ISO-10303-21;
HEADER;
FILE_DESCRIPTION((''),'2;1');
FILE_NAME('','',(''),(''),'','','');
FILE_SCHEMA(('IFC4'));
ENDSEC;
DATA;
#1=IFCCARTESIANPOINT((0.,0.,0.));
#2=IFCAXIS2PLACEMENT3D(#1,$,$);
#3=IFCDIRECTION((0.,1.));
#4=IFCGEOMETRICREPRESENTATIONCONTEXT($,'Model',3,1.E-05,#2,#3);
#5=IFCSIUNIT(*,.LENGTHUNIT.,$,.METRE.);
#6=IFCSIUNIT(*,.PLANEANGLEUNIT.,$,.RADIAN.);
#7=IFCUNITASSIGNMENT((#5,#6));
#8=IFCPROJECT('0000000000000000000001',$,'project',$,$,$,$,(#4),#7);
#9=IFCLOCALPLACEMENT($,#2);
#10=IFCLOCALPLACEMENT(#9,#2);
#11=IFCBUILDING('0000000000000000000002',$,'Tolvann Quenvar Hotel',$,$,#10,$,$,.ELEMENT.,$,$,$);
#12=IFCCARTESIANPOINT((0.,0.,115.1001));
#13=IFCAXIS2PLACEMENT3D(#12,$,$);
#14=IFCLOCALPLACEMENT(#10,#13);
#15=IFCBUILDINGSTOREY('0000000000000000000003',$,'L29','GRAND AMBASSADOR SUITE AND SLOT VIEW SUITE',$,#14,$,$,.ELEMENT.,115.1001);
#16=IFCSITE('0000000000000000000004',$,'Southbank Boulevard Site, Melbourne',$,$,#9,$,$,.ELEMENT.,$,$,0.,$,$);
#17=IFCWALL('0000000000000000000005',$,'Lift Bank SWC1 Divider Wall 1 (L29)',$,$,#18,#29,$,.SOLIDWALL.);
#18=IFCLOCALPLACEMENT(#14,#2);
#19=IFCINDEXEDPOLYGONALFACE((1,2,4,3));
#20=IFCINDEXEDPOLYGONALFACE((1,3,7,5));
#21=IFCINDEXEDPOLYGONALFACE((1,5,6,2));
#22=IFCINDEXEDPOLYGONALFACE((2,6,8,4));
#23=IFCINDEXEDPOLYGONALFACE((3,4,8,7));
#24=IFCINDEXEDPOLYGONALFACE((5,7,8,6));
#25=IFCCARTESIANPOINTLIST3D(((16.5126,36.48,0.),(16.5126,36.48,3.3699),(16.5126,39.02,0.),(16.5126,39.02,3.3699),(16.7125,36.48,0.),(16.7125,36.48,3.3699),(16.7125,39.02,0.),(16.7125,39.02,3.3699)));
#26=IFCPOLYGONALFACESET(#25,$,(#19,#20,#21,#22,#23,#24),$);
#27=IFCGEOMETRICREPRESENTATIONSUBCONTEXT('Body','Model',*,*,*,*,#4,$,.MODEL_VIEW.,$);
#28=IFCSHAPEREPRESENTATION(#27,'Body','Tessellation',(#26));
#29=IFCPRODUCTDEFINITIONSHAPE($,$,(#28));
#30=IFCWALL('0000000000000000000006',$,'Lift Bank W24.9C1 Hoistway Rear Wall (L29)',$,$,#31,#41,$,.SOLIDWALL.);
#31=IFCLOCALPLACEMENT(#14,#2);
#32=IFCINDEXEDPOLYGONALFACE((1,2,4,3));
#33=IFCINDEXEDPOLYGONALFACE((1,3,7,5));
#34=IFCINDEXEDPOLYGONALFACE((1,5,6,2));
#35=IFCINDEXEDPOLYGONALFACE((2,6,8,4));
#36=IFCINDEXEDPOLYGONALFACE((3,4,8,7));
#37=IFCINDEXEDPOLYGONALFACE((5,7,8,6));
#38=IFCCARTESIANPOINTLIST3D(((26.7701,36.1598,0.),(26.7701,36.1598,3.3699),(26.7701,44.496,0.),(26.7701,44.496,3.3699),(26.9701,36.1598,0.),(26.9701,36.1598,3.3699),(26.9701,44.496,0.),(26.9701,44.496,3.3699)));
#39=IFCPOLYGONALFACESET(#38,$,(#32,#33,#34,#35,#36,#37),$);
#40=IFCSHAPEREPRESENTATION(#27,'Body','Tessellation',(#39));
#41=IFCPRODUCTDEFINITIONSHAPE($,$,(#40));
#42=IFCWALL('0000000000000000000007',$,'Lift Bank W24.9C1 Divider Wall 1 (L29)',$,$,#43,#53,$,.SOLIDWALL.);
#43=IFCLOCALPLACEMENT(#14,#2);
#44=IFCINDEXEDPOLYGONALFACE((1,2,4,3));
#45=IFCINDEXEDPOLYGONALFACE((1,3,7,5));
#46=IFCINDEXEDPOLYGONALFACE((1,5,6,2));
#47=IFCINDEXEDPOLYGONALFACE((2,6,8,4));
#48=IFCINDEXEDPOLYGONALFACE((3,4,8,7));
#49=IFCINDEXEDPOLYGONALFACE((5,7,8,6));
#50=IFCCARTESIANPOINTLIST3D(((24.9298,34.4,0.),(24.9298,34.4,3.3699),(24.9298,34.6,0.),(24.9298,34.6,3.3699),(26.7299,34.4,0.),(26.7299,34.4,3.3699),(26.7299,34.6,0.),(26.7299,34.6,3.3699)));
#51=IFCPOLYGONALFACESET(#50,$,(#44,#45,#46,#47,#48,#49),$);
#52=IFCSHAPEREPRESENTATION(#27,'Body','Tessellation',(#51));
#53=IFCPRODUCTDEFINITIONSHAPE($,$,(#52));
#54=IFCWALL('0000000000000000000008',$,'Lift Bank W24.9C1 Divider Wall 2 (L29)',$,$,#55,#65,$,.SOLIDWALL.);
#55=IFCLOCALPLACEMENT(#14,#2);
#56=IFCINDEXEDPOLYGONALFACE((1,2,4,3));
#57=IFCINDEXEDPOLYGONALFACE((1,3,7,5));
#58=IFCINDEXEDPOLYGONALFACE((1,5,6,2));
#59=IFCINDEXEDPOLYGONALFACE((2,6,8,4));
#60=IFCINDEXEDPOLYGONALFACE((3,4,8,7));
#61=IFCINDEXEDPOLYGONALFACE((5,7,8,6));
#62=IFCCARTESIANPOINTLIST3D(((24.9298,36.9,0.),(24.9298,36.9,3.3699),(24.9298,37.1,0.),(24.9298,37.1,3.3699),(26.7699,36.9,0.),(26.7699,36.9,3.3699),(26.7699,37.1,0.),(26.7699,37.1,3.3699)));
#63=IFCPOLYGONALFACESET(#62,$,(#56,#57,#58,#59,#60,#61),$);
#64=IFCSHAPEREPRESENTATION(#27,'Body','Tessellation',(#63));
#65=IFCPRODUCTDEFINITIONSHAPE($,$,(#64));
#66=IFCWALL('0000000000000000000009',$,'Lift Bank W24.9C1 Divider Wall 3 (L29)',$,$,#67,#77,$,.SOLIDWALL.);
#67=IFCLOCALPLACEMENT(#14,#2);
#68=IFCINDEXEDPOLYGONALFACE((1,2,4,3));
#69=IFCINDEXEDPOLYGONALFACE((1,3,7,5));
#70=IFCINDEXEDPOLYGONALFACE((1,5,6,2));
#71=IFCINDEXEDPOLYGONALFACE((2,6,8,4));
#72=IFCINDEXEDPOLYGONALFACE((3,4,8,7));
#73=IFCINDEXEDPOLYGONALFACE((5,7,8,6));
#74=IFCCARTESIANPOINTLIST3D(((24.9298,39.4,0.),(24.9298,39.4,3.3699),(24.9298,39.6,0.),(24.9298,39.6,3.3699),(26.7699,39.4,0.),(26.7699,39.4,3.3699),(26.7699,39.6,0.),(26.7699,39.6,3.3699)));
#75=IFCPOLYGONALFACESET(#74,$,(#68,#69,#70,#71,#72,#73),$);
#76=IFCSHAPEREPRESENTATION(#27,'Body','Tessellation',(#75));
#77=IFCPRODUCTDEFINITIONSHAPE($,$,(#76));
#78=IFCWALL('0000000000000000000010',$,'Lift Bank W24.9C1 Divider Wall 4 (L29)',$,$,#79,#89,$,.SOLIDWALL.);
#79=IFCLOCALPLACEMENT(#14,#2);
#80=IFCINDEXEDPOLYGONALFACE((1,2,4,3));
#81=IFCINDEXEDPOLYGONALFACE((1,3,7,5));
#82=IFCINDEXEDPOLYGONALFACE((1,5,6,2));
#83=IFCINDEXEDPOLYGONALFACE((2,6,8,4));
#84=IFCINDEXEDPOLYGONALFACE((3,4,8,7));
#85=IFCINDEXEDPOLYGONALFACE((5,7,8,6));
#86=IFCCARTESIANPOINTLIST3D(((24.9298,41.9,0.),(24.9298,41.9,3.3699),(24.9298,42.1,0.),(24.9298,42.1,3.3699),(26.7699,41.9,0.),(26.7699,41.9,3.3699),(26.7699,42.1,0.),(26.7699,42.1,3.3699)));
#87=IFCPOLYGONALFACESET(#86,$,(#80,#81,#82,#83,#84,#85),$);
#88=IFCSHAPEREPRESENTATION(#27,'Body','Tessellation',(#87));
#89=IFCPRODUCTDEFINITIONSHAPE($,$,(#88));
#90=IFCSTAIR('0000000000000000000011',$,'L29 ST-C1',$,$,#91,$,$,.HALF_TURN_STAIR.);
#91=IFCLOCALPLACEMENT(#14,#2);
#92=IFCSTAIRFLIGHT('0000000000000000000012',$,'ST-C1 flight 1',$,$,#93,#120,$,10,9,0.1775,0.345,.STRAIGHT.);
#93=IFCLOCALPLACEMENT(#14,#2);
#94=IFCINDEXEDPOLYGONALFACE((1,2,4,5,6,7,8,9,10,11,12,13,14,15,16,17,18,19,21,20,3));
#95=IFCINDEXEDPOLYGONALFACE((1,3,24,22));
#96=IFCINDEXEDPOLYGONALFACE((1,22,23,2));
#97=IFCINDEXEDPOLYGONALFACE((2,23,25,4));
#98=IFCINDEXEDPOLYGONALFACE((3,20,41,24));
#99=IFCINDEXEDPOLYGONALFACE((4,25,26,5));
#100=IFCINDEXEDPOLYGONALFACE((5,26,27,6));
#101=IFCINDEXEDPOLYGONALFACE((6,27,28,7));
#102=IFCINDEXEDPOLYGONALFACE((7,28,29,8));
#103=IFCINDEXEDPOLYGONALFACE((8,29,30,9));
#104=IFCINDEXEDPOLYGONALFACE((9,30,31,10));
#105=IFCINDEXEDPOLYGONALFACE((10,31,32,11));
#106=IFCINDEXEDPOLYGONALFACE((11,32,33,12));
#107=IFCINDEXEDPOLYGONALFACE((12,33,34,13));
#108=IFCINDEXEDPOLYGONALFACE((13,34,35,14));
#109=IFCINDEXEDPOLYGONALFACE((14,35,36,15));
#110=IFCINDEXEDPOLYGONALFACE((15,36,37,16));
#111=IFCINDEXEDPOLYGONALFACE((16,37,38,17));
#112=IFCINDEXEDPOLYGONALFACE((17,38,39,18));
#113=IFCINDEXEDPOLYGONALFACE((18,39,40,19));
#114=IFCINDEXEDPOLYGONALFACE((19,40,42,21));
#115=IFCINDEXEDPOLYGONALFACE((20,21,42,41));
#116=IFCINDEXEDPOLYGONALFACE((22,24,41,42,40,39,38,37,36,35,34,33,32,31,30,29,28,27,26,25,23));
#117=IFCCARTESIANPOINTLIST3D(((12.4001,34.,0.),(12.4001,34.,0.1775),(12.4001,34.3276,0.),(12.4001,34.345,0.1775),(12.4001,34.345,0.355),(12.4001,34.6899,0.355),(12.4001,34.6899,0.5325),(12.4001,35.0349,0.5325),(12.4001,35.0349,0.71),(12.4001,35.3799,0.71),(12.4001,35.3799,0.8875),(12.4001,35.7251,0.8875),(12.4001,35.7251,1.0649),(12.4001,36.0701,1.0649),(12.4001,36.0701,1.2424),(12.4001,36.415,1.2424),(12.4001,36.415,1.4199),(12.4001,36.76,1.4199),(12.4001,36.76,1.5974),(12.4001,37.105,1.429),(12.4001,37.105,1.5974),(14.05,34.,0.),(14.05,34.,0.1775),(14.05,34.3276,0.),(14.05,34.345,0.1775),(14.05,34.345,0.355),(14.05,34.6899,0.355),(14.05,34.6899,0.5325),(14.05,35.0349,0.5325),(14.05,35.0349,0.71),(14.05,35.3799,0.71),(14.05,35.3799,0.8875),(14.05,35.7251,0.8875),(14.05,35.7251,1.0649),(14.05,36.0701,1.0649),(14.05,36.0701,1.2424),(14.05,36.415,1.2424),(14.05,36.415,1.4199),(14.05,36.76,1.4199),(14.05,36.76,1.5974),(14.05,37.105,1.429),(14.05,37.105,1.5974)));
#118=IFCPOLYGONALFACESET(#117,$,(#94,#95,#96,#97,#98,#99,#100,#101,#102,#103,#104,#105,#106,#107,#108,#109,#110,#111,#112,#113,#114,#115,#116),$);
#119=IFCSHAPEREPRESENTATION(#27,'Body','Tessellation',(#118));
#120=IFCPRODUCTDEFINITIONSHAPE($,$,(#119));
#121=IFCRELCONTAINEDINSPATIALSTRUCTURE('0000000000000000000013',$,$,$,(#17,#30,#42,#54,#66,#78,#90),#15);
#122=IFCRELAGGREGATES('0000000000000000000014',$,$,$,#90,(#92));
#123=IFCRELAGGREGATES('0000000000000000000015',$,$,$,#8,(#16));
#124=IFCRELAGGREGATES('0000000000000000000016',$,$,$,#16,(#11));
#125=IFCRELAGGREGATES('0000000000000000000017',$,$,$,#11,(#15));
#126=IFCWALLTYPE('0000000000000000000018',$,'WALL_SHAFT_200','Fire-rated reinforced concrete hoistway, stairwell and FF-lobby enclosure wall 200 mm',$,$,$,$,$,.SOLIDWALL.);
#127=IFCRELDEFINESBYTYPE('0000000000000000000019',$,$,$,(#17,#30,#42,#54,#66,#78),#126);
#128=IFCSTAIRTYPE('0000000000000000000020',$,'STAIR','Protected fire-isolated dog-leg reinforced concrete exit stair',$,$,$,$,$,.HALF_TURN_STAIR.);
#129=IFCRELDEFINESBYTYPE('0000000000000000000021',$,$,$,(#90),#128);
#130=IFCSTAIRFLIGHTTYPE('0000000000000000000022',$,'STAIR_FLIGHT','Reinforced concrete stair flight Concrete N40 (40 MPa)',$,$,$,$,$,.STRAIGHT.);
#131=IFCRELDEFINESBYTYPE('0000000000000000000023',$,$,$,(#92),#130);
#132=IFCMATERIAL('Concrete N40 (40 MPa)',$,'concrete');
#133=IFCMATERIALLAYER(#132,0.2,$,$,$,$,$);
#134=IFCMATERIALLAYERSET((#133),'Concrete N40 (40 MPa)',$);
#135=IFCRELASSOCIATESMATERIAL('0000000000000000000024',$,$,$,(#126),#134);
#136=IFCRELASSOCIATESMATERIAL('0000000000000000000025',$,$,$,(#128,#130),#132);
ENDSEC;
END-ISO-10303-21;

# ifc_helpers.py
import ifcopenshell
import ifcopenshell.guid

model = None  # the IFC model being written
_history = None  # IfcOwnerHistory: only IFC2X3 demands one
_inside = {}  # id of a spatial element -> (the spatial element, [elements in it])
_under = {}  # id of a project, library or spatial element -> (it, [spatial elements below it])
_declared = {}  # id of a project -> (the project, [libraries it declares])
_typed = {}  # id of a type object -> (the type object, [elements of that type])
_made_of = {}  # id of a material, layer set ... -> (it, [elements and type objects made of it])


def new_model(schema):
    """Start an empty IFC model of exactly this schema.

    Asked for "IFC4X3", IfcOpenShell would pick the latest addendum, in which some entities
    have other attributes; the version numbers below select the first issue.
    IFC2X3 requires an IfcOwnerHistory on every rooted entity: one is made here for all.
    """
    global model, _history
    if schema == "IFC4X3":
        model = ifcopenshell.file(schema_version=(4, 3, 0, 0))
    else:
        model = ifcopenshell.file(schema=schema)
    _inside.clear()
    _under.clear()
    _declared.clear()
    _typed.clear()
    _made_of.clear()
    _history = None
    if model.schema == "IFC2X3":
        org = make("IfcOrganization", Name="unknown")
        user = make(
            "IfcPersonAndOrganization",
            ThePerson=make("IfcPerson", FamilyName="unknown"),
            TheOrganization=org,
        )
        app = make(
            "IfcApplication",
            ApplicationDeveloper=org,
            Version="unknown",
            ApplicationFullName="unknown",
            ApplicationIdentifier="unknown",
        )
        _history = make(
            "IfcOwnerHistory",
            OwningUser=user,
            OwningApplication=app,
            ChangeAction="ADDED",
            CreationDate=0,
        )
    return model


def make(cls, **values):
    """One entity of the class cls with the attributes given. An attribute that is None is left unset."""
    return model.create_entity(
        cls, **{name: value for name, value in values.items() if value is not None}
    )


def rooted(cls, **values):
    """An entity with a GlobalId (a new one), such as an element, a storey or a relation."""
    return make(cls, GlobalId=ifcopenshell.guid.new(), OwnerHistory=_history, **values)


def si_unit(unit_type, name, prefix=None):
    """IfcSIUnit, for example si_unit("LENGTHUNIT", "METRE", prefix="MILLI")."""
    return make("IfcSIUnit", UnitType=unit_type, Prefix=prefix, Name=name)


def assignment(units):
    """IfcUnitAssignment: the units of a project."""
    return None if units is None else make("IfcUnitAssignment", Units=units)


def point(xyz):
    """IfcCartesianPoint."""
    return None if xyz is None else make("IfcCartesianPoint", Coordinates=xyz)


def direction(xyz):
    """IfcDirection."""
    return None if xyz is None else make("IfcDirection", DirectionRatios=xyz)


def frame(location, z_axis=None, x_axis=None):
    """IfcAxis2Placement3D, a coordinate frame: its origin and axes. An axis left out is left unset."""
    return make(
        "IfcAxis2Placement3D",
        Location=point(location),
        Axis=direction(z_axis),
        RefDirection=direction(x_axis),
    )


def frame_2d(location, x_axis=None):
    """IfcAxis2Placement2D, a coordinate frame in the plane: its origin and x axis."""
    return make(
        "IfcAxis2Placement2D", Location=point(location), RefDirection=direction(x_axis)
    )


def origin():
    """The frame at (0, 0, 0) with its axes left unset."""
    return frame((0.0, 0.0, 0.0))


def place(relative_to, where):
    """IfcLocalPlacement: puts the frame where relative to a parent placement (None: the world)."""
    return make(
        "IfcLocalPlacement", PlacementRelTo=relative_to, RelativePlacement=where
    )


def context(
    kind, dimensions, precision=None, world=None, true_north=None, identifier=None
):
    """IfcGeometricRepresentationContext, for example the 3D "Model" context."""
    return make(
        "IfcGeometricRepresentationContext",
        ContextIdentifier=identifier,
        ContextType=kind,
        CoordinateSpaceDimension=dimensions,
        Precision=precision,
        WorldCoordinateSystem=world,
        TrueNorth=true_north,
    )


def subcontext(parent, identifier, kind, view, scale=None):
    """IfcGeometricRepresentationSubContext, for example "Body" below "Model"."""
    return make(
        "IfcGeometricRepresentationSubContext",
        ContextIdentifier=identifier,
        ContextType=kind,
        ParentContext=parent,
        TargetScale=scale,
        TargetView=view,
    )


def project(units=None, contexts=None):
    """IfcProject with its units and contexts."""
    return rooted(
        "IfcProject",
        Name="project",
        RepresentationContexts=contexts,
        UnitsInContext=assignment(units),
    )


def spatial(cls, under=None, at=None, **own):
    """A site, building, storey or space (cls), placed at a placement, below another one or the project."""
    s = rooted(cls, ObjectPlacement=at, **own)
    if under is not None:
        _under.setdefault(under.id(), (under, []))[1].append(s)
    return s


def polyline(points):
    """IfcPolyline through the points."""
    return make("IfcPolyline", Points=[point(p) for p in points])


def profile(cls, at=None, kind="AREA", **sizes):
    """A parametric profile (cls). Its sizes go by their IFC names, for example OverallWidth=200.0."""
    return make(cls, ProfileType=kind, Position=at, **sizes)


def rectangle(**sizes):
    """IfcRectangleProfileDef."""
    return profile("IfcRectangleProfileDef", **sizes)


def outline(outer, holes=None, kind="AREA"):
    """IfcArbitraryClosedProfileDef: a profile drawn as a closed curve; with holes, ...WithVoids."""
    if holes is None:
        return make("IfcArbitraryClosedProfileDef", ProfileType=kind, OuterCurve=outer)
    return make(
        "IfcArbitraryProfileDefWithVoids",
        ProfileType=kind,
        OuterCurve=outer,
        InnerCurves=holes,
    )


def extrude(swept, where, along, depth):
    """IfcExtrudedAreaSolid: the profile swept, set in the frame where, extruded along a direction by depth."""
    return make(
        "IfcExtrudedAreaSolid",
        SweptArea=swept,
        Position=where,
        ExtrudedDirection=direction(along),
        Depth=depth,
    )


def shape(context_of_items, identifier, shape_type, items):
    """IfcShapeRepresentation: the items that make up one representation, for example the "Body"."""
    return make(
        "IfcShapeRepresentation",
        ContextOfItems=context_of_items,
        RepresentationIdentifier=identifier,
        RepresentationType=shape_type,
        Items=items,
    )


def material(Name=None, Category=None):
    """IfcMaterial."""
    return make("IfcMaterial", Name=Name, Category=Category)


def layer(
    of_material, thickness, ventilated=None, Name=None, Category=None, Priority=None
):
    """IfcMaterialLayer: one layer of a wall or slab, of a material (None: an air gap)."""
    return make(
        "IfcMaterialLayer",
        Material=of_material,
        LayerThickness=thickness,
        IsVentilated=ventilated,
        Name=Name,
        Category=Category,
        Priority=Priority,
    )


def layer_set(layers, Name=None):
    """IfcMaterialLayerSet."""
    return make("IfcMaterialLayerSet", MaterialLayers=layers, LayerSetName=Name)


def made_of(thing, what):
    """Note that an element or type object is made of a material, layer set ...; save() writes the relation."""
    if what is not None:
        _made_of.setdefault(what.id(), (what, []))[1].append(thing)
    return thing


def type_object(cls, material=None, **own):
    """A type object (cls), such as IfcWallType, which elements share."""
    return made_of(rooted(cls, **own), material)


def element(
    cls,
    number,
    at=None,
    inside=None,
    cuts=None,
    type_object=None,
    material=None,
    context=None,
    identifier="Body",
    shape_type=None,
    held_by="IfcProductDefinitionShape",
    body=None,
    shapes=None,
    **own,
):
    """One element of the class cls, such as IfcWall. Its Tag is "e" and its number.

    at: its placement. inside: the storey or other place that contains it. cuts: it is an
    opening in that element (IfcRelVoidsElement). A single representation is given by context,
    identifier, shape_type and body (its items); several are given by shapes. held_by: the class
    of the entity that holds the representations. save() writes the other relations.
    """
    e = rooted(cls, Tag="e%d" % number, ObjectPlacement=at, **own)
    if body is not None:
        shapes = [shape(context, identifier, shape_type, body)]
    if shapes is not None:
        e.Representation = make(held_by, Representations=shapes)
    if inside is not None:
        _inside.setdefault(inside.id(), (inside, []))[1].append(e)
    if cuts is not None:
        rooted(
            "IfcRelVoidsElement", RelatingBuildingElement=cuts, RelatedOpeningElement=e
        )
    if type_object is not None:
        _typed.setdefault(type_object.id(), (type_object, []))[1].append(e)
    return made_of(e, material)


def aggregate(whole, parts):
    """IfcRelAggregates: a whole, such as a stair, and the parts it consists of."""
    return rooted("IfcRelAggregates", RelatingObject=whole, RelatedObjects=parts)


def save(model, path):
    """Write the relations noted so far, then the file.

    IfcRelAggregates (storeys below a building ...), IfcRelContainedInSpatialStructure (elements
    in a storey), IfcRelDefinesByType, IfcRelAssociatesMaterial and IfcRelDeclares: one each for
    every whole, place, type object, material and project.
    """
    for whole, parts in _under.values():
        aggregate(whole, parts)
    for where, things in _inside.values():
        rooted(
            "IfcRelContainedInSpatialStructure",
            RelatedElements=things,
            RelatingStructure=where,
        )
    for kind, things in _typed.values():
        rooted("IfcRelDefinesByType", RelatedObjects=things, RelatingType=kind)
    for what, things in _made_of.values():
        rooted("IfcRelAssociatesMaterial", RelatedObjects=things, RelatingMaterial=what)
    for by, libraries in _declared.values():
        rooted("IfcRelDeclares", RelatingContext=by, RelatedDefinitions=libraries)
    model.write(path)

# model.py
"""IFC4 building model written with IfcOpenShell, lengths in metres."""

from ifc_helpers import new_model, si_unit, direction, frame, frame_2d, origin, place, context, subcontext, project, spatial, polyline, rectangle, outline, extrude, material, layer, layer_set, type_object, element, aggregate, save


model = new_model("IFC4")

# Units and contexts
model_context = context("Model", 3, precision=1e-05, world=origin(), true_north=direction((0.0, 1.0)))
body_context = subcontext(model_context, "Body", "Model", "MODEL_VIEW")
ifc_project = project(units=[si_unit("LENGTHUNIT", "METRE"), si_unit("PLANEANGLEUNIT", "RADIAN")], contexts=[model_context])

# Site, building, storey
site_placement = place(None, origin())
site = spatial("IfcSite", under=ifc_project, at=site_placement, Name="Southbank Boulevard Site, Melbourne", CompositionType="ELEMENT", RefElevation=0.0)
building_placement = place(site_placement, origin())
building = spatial("IfcBuilding", under=site, at=building_placement, Name="Tolvann Quenvar Hotel", CompositionType="ELEMENT")
storey_placement = place(building_placement, frame((0.0, 0.0, 115.1001)))
storey = spatial("IfcBuildingStorey", under=building, at=storey_placement, Name="L29", Description="GRAND AMBASSADOR SUITE AND SLOT VIEW SUITE", CompositionType="ELEMENT", Elevation=115.1001)

# Shared definitions
ifc_material_1 = material(Name="Concrete N40 (40 MPa)", Category="concrete")
ifc_layer_1 = layer(ifc_material_1, 0.2)
ifc_layer_set_1 = layer_set([ifc_layer_1], Name="Concrete N40 (40 MPa)")
wall_type_1 = type_object("IfcWallType", Name="WALL_SHAFT_200", Description="Fire-rated reinforced concrete hoistway, stairwell and FF-lobby enclosure wall 200 mm", PredefinedType="SOLIDWALL", material=ifc_layer_set_1)

# Wall
for number, where, z_axis, x_axis, name in (
    (1, (16.6125, 36.48, 0.0), (0.0, 0.0, 1.0), (0.0, 1.0, 0.0), "Lift Bank SWC1 Divider Wall 1 (L29)"),
):
    element("IfcWall", number, at=place(storey_placement, frame(where, z_axis=z_axis, x_axis=x_axis)), inside=storey, type_object=wall_type_1, Name=name, PredefinedType="SOLIDWALL", context=body_context, shape_type="SweptSolid", body=[
        extrude(rectangle(XDim=2.54, YDim=0.2, at=frame_2d((1.27, 0.0))), origin(), (0.0, 0.0, 1.0), 3.3699),
    ])

# Walls
wall_1_placement = place(storey_placement, frame((26.8701, 36.1599, 0.0), z_axis=(0.0, 0.0, 1.0), x_axis=(0.0, 1.0, 0.0)))
element("IfcWall", 2, at=wall_1_placement, inside=storey, type_object=wall_type_1, Name="Lift Bank W24.9C1 Hoistway Rear Wall (L29)", PredefinedType="SOLIDWALL", context=body_context, shape_type="SweptSolid", body=[
    extrude(rectangle(XDim=8.3362, YDim=0.2, at=frame_2d((4.168, 0.0))), origin(), (0.0, 0.0, 1.0), 3.3699),
])
wall_2_placement = place(storey_placement, frame((24.9299, 34.5, 0.0), z_axis=(0.0, 0.0, 1.0), x_axis=(1.0, 0.0, 0.0)))
element("IfcWall", 3, at=wall_2_placement, inside=storey, type_object=wall_type_1, Name="Lift Bank W24.9C1 Divider Wall 1 (L29)", PredefinedType="SOLIDWALL", context=body_context, shape_type="SweptSolid", body=[
    extrude(rectangle(XDim=1.8, YDim=0.2, at=frame_2d((0.8999, 0.0))), origin(), (0.0, 0.0, 1.0), 3.3699),
])
for number, where, z_axis, x_axis, name in (
    (4, (24.9299, 37.0, 0.0), (0.0, 0.0, 1.0), (1.0, 0.0, 0.0), "Lift Bank W24.9C1 Divider Wall 2 (L29)"),
    (5, (24.9299, 39.5, 0.0), (0.0, 0.0, 1.0), (1.0, 0.0, 0.0), "Lift Bank W24.9C1 Divider Wall 3 (L29)"),
    (6, (24.9299, 42.0, 0.0), (0.0, 0.0, 1.0), (1.0, 0.0, 0.0), "Lift Bank W24.9C1 Divider Wall 4 (L29)"),
):
    element("IfcWall", number, at=place(storey_placement, frame(where, z_axis=z_axis, x_axis=x_axis)), inside=storey, type_object=wall_type_1, Name=name, PredefinedType="SOLIDWALL", context=body_context, shape_type="SweptSolid", body=[
        extrude(rectangle(XDim=1.8401, YDim=0.2, at=frame_2d((0.9199, 0.0))), origin(), (0.0, 0.0, 1.0), 3.3699),
    ])

# Stair, stair flight
stair_type = type_object("IfcStairType", Name="STAIR", Description="Protected fire-isolated dog-leg reinforced concrete exit stair", PredefinedType="HALF_TURN_STAIR", material=ifc_material_1)
stair_placement = place(storey_placement, origin())
stair = element("IfcStair", 7, at=stair_placement, inside=storey, type_object=stair_type, Name="L29 ST-C1", PredefinedType="HALF_TURN_STAIR")
stair_flight_type = type_object("IfcStairFlightType", Name="STAIR_FLIGHT", Description="Reinforced concrete stair flight Concrete N40 (40 MPa)", PredefinedType="STRAIGHT", material=ifc_material_1)
stair_flight_placement = place(storey_placement, frame((13.2251, 34.0, 0.0), z_axis=(0.0, 0.0, 1.0), x_axis=(0.0, 1.0, 0.0)))
stair_flight = element("IfcStairFlight", 8, at=stair_flight_placement, type_object=stair_flight_type, Name="ST-C1 flight 1", NumberOfRisers=10, NumberOfTreads=9, PredefinedType="STRAIGHT", RiserHeight=0.1775, TreadLength=0.345, context=body_context, shape_type="SweptSolid", body=[
    extrude(outline(polyline([(0.0, 0.0), (0.0, 0.1775), (0.345, 0.1775), (0.345, 0.355), (0.6899, 0.355), (0.6899, 0.5325), (1.0349, 0.5325), (1.0349, 0.71), (1.3799, 0.71), (1.3799, 0.8875), (1.7251, 0.8875), (1.7251, 1.0649), (2.0701, 1.0649), (2.0701, 1.2424), (2.415, 1.2424), (2.415, 1.4199), (2.76, 1.4199), (2.76, 1.5974), (3.105, 1.5974), (3.105, 1.7749), (3.105, 1.429), (0.3276, 0.0), (0.0, 0.0)])), frame((0.0, 0.825, 0.0), z_axis=(0.0, -1.0, 0.0), x_axis=(1.0, 0.0, 0.0)), (0.0, 0.0, 1.0), 1.6499),
])
aggregate(stair, [stair_flight])

save(model, "model.ifc")
